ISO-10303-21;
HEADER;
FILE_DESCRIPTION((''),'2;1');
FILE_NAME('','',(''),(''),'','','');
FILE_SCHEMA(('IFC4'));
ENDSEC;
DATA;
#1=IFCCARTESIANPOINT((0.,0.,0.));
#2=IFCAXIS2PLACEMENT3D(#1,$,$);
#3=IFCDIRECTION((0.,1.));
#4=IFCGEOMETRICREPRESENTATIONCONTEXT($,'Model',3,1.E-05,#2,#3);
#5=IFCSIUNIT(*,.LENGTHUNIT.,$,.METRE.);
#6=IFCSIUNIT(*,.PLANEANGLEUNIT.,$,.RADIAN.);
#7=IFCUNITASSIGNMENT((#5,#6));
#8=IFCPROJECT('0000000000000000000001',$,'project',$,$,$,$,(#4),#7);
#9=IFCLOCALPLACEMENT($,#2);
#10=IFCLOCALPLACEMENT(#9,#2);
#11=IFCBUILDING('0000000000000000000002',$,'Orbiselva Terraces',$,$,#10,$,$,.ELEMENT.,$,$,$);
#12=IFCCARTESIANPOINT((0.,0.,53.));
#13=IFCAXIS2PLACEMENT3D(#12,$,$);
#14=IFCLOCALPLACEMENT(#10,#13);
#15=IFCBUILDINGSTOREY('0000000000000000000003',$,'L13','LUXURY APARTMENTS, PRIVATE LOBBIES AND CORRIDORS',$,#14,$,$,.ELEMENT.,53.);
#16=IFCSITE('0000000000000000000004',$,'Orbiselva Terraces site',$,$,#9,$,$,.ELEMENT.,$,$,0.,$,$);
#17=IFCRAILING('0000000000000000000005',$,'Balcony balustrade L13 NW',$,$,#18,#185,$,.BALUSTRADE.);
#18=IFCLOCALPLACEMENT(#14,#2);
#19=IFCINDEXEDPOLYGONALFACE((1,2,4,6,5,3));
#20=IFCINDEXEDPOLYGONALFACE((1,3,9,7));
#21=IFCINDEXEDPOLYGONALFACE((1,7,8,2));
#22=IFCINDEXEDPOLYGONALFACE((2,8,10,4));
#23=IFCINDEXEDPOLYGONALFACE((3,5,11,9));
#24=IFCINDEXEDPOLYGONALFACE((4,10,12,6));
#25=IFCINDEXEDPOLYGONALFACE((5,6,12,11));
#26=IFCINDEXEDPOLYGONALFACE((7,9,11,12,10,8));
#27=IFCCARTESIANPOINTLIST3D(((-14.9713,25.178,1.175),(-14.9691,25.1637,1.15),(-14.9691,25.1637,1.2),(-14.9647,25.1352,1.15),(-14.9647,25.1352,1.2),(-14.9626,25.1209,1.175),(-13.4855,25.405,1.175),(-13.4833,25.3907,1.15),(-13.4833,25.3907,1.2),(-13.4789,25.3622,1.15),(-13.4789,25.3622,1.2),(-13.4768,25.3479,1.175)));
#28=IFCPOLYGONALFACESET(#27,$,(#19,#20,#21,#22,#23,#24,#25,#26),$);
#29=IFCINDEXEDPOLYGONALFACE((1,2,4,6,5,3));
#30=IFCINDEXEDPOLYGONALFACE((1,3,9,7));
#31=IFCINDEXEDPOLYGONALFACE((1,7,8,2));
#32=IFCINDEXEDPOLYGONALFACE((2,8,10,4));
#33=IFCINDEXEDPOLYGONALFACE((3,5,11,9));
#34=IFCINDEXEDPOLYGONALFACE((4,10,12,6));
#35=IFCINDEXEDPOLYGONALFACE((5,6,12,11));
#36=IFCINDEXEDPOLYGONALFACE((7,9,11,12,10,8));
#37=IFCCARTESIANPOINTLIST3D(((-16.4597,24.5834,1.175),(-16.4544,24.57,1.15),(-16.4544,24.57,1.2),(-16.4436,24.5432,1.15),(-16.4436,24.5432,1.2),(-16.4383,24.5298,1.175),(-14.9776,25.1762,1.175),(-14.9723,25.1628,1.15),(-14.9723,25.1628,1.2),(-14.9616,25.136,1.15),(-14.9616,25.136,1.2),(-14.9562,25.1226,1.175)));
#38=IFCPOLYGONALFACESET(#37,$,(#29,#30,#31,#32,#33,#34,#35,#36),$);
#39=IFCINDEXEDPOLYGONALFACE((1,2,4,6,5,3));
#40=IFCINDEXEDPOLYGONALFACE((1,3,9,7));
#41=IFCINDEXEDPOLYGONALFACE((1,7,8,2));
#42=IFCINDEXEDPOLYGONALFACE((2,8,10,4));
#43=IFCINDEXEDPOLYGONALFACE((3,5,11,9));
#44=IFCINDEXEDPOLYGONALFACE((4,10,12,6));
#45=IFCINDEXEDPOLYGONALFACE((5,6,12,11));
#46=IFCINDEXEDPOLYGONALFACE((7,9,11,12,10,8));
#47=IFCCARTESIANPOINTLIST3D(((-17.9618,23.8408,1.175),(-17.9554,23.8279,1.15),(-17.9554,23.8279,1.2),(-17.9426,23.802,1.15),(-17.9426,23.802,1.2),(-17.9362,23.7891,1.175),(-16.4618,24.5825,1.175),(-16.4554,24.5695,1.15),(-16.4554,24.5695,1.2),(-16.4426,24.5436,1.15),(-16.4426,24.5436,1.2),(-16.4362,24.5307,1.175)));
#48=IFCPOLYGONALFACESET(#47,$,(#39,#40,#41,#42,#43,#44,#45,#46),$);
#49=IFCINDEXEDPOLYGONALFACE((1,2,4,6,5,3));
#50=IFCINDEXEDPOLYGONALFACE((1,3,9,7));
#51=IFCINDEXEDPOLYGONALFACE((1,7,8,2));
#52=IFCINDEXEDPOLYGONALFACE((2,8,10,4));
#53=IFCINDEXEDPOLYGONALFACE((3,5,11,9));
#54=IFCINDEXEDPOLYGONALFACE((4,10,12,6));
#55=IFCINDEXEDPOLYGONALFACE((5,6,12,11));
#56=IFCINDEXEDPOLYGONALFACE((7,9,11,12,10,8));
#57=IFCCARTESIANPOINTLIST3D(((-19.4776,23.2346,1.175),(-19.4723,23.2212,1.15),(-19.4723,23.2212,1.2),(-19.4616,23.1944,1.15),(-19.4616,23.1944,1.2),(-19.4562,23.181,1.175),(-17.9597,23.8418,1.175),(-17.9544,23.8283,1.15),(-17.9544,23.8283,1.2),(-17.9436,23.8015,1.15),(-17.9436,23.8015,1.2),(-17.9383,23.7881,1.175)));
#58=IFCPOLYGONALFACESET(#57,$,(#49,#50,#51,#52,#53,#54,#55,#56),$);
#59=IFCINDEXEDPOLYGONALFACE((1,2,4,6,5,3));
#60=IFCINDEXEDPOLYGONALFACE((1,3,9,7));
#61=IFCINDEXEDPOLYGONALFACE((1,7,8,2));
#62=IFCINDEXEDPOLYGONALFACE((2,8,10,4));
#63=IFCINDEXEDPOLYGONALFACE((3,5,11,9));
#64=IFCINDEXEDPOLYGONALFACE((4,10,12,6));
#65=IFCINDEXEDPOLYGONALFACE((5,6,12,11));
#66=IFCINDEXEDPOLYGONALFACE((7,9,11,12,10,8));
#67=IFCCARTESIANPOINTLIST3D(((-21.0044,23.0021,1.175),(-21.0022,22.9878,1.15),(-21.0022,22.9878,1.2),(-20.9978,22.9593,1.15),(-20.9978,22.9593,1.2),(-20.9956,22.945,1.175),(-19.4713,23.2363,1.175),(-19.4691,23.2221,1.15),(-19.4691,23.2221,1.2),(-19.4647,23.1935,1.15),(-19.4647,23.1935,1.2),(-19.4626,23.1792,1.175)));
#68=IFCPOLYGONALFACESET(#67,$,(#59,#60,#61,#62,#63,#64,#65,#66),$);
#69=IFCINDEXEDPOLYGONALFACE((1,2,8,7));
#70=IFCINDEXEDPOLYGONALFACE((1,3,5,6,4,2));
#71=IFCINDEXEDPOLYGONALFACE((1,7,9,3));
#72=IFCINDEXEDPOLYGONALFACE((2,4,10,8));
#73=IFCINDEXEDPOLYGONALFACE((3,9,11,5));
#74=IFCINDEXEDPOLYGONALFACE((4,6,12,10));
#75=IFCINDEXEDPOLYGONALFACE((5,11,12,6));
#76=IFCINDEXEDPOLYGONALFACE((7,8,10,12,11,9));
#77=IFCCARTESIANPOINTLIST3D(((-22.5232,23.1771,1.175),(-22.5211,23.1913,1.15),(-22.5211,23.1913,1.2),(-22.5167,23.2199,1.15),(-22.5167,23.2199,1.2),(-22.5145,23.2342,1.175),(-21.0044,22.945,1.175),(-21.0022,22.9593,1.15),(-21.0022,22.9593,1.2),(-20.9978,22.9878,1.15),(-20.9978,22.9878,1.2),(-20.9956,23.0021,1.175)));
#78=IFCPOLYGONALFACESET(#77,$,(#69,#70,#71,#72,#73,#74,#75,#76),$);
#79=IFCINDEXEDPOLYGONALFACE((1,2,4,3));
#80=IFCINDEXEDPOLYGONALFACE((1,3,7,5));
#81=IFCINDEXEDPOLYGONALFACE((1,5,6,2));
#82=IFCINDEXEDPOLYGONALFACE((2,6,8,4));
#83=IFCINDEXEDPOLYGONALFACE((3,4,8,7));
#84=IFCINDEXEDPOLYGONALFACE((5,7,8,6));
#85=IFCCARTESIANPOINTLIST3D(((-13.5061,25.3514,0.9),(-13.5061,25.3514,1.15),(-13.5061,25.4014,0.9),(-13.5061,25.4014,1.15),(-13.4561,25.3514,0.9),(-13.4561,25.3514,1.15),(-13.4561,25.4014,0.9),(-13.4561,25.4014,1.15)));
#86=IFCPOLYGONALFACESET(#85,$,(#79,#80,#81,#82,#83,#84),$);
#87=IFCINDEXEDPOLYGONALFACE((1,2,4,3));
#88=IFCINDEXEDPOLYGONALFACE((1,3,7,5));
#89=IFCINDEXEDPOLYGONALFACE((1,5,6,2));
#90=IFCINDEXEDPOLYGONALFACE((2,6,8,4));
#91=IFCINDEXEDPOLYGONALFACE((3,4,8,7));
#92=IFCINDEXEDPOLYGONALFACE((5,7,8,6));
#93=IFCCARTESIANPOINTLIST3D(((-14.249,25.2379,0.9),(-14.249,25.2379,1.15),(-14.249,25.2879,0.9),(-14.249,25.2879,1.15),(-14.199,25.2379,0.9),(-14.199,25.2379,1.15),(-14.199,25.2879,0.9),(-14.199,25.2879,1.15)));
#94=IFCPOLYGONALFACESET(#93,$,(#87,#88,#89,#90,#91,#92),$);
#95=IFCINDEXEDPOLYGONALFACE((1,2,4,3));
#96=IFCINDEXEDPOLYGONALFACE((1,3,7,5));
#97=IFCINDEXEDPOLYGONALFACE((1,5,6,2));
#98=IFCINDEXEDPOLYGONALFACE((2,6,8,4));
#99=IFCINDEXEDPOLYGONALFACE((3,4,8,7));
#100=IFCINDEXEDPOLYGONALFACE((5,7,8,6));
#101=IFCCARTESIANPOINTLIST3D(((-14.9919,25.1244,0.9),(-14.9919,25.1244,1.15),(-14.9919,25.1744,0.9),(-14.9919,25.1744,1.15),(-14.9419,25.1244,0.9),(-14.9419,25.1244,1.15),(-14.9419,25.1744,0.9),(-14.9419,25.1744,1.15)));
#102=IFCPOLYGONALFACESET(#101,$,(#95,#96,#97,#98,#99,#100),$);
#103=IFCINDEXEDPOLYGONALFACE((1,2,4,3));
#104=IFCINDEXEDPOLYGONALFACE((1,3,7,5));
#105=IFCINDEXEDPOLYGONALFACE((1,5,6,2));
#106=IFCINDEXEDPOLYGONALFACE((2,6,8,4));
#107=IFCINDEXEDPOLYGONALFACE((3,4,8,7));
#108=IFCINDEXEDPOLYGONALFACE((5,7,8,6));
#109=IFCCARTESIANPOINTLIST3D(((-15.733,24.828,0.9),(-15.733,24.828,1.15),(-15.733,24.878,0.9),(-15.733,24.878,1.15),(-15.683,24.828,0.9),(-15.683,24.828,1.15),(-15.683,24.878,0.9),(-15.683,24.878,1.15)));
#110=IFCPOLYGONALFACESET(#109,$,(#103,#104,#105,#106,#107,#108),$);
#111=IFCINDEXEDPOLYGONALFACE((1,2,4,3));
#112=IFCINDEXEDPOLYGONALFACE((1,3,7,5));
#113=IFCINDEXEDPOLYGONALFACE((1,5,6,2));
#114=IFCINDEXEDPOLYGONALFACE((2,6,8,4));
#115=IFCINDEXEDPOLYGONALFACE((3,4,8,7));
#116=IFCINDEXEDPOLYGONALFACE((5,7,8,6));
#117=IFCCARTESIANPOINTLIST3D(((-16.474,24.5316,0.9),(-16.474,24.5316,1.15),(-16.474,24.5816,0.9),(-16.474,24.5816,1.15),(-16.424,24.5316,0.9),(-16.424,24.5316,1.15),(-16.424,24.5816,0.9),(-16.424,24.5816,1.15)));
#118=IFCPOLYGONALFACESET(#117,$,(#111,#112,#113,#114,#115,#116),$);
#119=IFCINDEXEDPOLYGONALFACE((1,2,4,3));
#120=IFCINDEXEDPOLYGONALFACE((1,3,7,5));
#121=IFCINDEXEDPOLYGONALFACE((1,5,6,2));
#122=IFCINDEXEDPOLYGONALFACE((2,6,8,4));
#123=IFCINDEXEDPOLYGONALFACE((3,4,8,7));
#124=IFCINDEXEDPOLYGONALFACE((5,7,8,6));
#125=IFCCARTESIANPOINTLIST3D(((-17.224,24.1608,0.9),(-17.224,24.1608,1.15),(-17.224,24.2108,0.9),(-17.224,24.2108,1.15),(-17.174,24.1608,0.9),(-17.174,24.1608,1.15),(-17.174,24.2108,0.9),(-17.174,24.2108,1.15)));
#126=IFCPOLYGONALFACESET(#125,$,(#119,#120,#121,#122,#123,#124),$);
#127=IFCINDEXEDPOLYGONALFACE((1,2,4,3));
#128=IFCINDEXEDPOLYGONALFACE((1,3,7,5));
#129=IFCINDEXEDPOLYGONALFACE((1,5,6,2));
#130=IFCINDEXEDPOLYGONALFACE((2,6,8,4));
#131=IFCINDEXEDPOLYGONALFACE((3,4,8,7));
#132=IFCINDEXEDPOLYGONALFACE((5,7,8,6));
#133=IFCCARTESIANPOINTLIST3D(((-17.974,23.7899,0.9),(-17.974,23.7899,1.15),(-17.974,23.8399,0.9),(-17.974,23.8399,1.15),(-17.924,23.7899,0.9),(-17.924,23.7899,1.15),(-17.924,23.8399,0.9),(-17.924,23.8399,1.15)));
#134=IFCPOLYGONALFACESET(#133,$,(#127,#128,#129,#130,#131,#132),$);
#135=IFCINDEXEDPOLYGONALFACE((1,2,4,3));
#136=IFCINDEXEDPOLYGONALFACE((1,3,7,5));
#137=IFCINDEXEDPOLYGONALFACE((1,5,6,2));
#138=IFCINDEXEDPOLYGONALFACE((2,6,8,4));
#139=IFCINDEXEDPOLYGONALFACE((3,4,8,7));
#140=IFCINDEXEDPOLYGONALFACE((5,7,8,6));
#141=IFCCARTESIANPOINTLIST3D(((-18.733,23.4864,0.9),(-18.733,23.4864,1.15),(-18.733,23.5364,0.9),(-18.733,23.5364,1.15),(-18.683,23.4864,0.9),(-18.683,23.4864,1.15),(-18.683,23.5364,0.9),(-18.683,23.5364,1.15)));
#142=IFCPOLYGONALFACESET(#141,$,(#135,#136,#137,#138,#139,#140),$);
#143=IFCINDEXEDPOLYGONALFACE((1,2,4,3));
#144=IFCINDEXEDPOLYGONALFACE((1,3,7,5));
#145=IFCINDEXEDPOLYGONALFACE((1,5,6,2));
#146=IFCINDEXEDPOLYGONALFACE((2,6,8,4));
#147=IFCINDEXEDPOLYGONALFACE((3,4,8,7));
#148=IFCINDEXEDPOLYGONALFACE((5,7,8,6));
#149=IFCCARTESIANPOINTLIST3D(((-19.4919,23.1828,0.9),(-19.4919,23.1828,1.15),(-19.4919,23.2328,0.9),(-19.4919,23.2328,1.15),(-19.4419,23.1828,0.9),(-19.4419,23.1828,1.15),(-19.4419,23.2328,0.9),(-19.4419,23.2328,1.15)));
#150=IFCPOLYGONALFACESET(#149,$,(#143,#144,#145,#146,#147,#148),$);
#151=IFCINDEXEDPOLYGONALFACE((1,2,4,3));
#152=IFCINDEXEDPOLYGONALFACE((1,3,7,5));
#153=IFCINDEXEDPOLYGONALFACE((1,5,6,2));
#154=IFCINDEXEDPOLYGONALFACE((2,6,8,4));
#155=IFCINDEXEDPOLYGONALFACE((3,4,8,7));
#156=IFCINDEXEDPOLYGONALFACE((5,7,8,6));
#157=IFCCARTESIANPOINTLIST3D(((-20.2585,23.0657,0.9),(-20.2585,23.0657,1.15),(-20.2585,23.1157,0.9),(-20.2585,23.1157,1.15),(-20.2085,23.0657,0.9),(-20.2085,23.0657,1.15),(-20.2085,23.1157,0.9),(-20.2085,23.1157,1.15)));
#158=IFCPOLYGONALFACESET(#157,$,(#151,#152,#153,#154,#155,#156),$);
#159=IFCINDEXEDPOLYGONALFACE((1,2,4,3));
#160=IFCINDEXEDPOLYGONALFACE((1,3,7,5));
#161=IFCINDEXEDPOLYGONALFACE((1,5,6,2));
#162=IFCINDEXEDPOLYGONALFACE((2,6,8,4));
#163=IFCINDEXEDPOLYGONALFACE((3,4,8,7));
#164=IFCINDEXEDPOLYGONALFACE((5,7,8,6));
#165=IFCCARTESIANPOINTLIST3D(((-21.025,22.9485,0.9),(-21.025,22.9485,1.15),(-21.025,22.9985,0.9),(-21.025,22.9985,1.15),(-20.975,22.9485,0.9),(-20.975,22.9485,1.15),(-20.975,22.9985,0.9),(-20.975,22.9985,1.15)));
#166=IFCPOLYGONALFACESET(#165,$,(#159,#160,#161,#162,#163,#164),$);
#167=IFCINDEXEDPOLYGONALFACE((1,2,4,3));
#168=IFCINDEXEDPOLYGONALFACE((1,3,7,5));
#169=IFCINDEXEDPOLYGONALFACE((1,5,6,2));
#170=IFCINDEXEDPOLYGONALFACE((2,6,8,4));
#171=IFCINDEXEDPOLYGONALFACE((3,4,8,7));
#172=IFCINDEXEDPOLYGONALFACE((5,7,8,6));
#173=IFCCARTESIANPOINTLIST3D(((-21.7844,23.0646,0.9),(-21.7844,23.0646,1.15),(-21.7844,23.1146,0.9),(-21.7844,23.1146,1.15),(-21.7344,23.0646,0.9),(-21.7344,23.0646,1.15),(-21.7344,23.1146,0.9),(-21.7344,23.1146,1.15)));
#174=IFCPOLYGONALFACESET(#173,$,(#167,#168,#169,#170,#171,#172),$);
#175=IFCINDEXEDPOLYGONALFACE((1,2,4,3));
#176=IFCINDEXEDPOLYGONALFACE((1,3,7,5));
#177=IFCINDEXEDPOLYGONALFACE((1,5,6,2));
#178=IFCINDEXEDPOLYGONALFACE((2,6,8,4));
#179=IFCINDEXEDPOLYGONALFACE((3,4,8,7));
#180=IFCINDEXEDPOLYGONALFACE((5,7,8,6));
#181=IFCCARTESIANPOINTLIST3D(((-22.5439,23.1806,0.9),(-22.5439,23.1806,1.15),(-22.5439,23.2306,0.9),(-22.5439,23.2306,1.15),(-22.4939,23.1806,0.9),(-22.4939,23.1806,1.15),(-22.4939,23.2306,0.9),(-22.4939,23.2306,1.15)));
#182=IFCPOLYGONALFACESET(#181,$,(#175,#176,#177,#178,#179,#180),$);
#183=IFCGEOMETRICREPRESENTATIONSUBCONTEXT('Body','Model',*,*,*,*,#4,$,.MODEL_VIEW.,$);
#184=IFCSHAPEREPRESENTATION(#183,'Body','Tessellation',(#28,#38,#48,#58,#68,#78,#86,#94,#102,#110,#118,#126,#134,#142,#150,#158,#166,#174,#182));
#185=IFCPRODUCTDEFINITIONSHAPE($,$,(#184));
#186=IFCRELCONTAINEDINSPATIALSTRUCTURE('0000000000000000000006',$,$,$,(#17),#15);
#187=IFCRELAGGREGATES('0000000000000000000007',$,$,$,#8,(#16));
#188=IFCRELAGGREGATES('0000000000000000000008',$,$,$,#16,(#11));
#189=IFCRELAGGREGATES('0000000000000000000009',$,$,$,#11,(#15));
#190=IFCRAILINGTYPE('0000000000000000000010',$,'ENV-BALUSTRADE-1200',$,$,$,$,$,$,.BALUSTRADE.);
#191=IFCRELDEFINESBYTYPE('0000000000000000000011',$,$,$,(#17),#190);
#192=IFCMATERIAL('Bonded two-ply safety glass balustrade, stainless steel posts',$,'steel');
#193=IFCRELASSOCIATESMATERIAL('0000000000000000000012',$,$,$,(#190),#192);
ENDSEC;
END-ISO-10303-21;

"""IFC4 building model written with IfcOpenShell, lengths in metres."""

from ifc_helpers import new_model, si_unit, direction, frame, origin, origin_2d, place, context, subcontext, project, spatial, polyline, rectangle, outline, extrude, material, type_object, element, save


model = new_model("IFC4")

# Units and contexts
model_context = context("Model", 3, precision=1e-05, world=origin(), true_north=direction((0.0, 1.0)))
body_context = subcontext(model_context, "Body", "Model", "MODEL_VIEW")
ifc_project = project(units=[si_unit("LENGTHUNIT", "METRE"), si_unit("PLANEANGLEUNIT", "RADIAN")], contexts=[model_context])

# Site, building, storey
site_placement = place(None, origin())
site = spatial("IfcSite", under=ifc_project, at=site_placement, Name="Orbiselva Terraces site", CompositionType="ELEMENT", RefElevation=0.0)
building_placement = place(site_placement, origin())
building = spatial("IfcBuilding", under=site, at=building_placement, Name="Orbiselva Terraces", CompositionType="ELEMENT")
storey_placement = place(building_placement, frame((0.0, 0.0, 53.0)))
storey = spatial("IfcBuildingStorey", under=building, at=storey_placement, Name="L13", Description="LUXURY APARTMENTS, PRIVATE LOBBIES AND CORRIDORS", CompositionType="ELEMENT", Elevation=53.0)

# Railing
ifc_material_1 = material(Name="Bonded two-ply safety glass balustrade, stainless steel posts", Category="steel")
railing_type_1 = type_object("IfcRailingType", Name="ENV-BALUSTRADE-1200", PredefinedType="BALUSTRADE", material=ifc_material_1)
railing_1_placement = place(storey_placement, frame((-13.4811, 25.3764, 0.9)))
element("IfcRailing", 1, at=railing_1_placement, inside=storey, type_object=railing_type_1, Name="Balcony balustrade L13 NW", PredefinedType="BALUSTRADE", context=body_context, shape_type="SweptSolid", body=[
    extrude(outline(polyline([(0.0289, 0.0), (0.0144, 0.025), (-0.0144, 0.025), (-0.0289, 0.0), (-0.0144, -0.025), (0.0144, -0.025), (0.0289, 0.0)])), frame((0.0, 0.0, 0.275), z_axis=(-0.988529, -0.151034, 0.0), x_axis=(0.151034, -0.988529, 0.0)), (0.0, 0.0, 1.0), 1.503),
    extrude(outline(polyline([(0.0289, 0.0), (0.0144, 0.025), (-0.0144, 0.025), (-0.0289, 0.0), (-0.0144, -0.025), (0.0144, -0.025), (0.0289, 0.0)])), frame((-1.4858, -0.227, 0.275), z_axis=(-0.928477, -0.371391, 0.0), x_axis=(0.371391, -0.928477, 0.0)), (0.0, 0.0, 1.0), 1.5963),
    extrude(outline(polyline([(0.0289, 0.0), (0.0144, 0.025), (-0.0144, 0.025), (-0.0289, 0.0), (-0.0144, -0.025), (0.0144, -0.025), (0.0289, 0.0)])), frame((-2.9679, -0.8198, 0.275), z_axis=(-0.896417, -0.443212, 0.0), x_axis=(0.443212, -0.896417, 0.0)), (0.0, 0.0, 1.0), 1.6733),
    extrude(outline(polyline([(0.0289, 0.0), (0.0144, 0.025), (-0.0144, 0.025), (-0.0289, 0.0), (-0.0144, -0.025), (0.0144, -0.025), (0.0289, 0.0)])), frame((-4.4679, -1.5615, 0.275), z_axis=(-0.928477, -0.37139, 0.0), x_axis=(0.37139, -0.928477, 0.0)), (0.0, 0.0, 1.0), 1.6348),
    extrude(outline(polyline([(0.0289, 0.0), (0.0144, 0.025), (-0.0144, 0.025), (-0.0289, 0.0), (-0.0144, -0.025), (0.0144, -0.025), (0.0289, 0.0)])), frame((-5.9858, -2.1686, 0.275), z_axis=(-0.988529, -0.151034, 0.0), x_axis=(0.151034, -0.988529, 0.0)), (0.0, 0.0, 1.0), 1.5509),
    extrude(outline(polyline([(0.0289, 0.0), (0.0144, 0.025), (-0.0144, 0.025), (-0.0289, 0.0), (-0.0144, -0.025), (0.0144, -0.025), (0.0289, 0.0)])), frame((-7.5189, -2.4029, 0.275), z_axis=(-0.988529, 0.151034, 0.0), x_axis=(-0.151034, -0.988529, 0.0)), (0.0, 0.0, 1.0), 1.5365),
    extrude(rectangle(XDim=0.05, YDim=0.05, at=origin_2d()), origin(), (0.0, 0.0, 1.0), 0.25),
    extrude(rectangle(XDim=0.05, YDim=0.05, at=origin_2d()), frame((-0.7429, -0.1135, 0.0)), (0.0, 0.0, 1.0), 0.25),
    extrude(rectangle(XDim=0.05, YDim=0.05, at=origin_2d()), frame((-1.4858, -0.227, 0.0)), (0.0, 0.0, 1.0), 0.25),
    extrude(rectangle(XDim=0.05, YDim=0.05, at=origin_2d()), frame((-2.2268, -0.5234, 0.0)), (0.0, 0.0, 1.0), 0.25),
    extrude(rectangle(XDim=0.05, YDim=0.05, at=origin_2d()), frame((-2.9679, -0.8198, 0.0)), (0.0, 0.0, 1.0), 0.25),
    extrude(rectangle(XDim=0.05, YDim=0.05, at=origin_2d()), frame((-3.7179, -1.1907, 0.0)), (0.0, 0.0, 1.0), 0.25),
    extrude(rectangle(XDim=0.05, YDim=0.05, at=origin_2d()), frame((-4.4679, -1.5615, 0.0)), (0.0, 0.0, 1.0), 0.25),
    extrude(rectangle(XDim=0.05, YDim=0.05, at=origin_2d()), frame((-5.2268, -1.8651, 0.0)), (0.0, 0.0, 1.0), 0.25),
    extrude(rectangle(XDim=0.05, YDim=0.05, at=origin_2d()), frame((-5.9858, -2.1686, 0.0)), (0.0, 0.0, 1.0), 0.25),
    extrude(rectangle(XDim=0.05, YDim=0.05, at=origin_2d()), frame((-6.7523, -2.2858, 0.0)), (0.0, 0.0, 1.0), 0.25),
    extrude(rectangle(XDim=0.05, YDim=0.05, at=origin_2d()), frame((-7.5189, -2.4029, 0.0)), (0.0, 0.0, 1.0), 0.25),
    extrude(rectangle(XDim=0.05, YDim=0.05, at=origin_2d()), frame((-8.2783, -2.2869, 0.0)), (0.0, 0.0, 1.0), 0.25),
    extrude(rectangle(XDim=0.05, YDim=0.05, at=origin_2d()), frame((-9.0378, -2.1708, 0.0)), (0.0, 0.0, 1.0), 0.25),
])

save(model, "model.ifc")
